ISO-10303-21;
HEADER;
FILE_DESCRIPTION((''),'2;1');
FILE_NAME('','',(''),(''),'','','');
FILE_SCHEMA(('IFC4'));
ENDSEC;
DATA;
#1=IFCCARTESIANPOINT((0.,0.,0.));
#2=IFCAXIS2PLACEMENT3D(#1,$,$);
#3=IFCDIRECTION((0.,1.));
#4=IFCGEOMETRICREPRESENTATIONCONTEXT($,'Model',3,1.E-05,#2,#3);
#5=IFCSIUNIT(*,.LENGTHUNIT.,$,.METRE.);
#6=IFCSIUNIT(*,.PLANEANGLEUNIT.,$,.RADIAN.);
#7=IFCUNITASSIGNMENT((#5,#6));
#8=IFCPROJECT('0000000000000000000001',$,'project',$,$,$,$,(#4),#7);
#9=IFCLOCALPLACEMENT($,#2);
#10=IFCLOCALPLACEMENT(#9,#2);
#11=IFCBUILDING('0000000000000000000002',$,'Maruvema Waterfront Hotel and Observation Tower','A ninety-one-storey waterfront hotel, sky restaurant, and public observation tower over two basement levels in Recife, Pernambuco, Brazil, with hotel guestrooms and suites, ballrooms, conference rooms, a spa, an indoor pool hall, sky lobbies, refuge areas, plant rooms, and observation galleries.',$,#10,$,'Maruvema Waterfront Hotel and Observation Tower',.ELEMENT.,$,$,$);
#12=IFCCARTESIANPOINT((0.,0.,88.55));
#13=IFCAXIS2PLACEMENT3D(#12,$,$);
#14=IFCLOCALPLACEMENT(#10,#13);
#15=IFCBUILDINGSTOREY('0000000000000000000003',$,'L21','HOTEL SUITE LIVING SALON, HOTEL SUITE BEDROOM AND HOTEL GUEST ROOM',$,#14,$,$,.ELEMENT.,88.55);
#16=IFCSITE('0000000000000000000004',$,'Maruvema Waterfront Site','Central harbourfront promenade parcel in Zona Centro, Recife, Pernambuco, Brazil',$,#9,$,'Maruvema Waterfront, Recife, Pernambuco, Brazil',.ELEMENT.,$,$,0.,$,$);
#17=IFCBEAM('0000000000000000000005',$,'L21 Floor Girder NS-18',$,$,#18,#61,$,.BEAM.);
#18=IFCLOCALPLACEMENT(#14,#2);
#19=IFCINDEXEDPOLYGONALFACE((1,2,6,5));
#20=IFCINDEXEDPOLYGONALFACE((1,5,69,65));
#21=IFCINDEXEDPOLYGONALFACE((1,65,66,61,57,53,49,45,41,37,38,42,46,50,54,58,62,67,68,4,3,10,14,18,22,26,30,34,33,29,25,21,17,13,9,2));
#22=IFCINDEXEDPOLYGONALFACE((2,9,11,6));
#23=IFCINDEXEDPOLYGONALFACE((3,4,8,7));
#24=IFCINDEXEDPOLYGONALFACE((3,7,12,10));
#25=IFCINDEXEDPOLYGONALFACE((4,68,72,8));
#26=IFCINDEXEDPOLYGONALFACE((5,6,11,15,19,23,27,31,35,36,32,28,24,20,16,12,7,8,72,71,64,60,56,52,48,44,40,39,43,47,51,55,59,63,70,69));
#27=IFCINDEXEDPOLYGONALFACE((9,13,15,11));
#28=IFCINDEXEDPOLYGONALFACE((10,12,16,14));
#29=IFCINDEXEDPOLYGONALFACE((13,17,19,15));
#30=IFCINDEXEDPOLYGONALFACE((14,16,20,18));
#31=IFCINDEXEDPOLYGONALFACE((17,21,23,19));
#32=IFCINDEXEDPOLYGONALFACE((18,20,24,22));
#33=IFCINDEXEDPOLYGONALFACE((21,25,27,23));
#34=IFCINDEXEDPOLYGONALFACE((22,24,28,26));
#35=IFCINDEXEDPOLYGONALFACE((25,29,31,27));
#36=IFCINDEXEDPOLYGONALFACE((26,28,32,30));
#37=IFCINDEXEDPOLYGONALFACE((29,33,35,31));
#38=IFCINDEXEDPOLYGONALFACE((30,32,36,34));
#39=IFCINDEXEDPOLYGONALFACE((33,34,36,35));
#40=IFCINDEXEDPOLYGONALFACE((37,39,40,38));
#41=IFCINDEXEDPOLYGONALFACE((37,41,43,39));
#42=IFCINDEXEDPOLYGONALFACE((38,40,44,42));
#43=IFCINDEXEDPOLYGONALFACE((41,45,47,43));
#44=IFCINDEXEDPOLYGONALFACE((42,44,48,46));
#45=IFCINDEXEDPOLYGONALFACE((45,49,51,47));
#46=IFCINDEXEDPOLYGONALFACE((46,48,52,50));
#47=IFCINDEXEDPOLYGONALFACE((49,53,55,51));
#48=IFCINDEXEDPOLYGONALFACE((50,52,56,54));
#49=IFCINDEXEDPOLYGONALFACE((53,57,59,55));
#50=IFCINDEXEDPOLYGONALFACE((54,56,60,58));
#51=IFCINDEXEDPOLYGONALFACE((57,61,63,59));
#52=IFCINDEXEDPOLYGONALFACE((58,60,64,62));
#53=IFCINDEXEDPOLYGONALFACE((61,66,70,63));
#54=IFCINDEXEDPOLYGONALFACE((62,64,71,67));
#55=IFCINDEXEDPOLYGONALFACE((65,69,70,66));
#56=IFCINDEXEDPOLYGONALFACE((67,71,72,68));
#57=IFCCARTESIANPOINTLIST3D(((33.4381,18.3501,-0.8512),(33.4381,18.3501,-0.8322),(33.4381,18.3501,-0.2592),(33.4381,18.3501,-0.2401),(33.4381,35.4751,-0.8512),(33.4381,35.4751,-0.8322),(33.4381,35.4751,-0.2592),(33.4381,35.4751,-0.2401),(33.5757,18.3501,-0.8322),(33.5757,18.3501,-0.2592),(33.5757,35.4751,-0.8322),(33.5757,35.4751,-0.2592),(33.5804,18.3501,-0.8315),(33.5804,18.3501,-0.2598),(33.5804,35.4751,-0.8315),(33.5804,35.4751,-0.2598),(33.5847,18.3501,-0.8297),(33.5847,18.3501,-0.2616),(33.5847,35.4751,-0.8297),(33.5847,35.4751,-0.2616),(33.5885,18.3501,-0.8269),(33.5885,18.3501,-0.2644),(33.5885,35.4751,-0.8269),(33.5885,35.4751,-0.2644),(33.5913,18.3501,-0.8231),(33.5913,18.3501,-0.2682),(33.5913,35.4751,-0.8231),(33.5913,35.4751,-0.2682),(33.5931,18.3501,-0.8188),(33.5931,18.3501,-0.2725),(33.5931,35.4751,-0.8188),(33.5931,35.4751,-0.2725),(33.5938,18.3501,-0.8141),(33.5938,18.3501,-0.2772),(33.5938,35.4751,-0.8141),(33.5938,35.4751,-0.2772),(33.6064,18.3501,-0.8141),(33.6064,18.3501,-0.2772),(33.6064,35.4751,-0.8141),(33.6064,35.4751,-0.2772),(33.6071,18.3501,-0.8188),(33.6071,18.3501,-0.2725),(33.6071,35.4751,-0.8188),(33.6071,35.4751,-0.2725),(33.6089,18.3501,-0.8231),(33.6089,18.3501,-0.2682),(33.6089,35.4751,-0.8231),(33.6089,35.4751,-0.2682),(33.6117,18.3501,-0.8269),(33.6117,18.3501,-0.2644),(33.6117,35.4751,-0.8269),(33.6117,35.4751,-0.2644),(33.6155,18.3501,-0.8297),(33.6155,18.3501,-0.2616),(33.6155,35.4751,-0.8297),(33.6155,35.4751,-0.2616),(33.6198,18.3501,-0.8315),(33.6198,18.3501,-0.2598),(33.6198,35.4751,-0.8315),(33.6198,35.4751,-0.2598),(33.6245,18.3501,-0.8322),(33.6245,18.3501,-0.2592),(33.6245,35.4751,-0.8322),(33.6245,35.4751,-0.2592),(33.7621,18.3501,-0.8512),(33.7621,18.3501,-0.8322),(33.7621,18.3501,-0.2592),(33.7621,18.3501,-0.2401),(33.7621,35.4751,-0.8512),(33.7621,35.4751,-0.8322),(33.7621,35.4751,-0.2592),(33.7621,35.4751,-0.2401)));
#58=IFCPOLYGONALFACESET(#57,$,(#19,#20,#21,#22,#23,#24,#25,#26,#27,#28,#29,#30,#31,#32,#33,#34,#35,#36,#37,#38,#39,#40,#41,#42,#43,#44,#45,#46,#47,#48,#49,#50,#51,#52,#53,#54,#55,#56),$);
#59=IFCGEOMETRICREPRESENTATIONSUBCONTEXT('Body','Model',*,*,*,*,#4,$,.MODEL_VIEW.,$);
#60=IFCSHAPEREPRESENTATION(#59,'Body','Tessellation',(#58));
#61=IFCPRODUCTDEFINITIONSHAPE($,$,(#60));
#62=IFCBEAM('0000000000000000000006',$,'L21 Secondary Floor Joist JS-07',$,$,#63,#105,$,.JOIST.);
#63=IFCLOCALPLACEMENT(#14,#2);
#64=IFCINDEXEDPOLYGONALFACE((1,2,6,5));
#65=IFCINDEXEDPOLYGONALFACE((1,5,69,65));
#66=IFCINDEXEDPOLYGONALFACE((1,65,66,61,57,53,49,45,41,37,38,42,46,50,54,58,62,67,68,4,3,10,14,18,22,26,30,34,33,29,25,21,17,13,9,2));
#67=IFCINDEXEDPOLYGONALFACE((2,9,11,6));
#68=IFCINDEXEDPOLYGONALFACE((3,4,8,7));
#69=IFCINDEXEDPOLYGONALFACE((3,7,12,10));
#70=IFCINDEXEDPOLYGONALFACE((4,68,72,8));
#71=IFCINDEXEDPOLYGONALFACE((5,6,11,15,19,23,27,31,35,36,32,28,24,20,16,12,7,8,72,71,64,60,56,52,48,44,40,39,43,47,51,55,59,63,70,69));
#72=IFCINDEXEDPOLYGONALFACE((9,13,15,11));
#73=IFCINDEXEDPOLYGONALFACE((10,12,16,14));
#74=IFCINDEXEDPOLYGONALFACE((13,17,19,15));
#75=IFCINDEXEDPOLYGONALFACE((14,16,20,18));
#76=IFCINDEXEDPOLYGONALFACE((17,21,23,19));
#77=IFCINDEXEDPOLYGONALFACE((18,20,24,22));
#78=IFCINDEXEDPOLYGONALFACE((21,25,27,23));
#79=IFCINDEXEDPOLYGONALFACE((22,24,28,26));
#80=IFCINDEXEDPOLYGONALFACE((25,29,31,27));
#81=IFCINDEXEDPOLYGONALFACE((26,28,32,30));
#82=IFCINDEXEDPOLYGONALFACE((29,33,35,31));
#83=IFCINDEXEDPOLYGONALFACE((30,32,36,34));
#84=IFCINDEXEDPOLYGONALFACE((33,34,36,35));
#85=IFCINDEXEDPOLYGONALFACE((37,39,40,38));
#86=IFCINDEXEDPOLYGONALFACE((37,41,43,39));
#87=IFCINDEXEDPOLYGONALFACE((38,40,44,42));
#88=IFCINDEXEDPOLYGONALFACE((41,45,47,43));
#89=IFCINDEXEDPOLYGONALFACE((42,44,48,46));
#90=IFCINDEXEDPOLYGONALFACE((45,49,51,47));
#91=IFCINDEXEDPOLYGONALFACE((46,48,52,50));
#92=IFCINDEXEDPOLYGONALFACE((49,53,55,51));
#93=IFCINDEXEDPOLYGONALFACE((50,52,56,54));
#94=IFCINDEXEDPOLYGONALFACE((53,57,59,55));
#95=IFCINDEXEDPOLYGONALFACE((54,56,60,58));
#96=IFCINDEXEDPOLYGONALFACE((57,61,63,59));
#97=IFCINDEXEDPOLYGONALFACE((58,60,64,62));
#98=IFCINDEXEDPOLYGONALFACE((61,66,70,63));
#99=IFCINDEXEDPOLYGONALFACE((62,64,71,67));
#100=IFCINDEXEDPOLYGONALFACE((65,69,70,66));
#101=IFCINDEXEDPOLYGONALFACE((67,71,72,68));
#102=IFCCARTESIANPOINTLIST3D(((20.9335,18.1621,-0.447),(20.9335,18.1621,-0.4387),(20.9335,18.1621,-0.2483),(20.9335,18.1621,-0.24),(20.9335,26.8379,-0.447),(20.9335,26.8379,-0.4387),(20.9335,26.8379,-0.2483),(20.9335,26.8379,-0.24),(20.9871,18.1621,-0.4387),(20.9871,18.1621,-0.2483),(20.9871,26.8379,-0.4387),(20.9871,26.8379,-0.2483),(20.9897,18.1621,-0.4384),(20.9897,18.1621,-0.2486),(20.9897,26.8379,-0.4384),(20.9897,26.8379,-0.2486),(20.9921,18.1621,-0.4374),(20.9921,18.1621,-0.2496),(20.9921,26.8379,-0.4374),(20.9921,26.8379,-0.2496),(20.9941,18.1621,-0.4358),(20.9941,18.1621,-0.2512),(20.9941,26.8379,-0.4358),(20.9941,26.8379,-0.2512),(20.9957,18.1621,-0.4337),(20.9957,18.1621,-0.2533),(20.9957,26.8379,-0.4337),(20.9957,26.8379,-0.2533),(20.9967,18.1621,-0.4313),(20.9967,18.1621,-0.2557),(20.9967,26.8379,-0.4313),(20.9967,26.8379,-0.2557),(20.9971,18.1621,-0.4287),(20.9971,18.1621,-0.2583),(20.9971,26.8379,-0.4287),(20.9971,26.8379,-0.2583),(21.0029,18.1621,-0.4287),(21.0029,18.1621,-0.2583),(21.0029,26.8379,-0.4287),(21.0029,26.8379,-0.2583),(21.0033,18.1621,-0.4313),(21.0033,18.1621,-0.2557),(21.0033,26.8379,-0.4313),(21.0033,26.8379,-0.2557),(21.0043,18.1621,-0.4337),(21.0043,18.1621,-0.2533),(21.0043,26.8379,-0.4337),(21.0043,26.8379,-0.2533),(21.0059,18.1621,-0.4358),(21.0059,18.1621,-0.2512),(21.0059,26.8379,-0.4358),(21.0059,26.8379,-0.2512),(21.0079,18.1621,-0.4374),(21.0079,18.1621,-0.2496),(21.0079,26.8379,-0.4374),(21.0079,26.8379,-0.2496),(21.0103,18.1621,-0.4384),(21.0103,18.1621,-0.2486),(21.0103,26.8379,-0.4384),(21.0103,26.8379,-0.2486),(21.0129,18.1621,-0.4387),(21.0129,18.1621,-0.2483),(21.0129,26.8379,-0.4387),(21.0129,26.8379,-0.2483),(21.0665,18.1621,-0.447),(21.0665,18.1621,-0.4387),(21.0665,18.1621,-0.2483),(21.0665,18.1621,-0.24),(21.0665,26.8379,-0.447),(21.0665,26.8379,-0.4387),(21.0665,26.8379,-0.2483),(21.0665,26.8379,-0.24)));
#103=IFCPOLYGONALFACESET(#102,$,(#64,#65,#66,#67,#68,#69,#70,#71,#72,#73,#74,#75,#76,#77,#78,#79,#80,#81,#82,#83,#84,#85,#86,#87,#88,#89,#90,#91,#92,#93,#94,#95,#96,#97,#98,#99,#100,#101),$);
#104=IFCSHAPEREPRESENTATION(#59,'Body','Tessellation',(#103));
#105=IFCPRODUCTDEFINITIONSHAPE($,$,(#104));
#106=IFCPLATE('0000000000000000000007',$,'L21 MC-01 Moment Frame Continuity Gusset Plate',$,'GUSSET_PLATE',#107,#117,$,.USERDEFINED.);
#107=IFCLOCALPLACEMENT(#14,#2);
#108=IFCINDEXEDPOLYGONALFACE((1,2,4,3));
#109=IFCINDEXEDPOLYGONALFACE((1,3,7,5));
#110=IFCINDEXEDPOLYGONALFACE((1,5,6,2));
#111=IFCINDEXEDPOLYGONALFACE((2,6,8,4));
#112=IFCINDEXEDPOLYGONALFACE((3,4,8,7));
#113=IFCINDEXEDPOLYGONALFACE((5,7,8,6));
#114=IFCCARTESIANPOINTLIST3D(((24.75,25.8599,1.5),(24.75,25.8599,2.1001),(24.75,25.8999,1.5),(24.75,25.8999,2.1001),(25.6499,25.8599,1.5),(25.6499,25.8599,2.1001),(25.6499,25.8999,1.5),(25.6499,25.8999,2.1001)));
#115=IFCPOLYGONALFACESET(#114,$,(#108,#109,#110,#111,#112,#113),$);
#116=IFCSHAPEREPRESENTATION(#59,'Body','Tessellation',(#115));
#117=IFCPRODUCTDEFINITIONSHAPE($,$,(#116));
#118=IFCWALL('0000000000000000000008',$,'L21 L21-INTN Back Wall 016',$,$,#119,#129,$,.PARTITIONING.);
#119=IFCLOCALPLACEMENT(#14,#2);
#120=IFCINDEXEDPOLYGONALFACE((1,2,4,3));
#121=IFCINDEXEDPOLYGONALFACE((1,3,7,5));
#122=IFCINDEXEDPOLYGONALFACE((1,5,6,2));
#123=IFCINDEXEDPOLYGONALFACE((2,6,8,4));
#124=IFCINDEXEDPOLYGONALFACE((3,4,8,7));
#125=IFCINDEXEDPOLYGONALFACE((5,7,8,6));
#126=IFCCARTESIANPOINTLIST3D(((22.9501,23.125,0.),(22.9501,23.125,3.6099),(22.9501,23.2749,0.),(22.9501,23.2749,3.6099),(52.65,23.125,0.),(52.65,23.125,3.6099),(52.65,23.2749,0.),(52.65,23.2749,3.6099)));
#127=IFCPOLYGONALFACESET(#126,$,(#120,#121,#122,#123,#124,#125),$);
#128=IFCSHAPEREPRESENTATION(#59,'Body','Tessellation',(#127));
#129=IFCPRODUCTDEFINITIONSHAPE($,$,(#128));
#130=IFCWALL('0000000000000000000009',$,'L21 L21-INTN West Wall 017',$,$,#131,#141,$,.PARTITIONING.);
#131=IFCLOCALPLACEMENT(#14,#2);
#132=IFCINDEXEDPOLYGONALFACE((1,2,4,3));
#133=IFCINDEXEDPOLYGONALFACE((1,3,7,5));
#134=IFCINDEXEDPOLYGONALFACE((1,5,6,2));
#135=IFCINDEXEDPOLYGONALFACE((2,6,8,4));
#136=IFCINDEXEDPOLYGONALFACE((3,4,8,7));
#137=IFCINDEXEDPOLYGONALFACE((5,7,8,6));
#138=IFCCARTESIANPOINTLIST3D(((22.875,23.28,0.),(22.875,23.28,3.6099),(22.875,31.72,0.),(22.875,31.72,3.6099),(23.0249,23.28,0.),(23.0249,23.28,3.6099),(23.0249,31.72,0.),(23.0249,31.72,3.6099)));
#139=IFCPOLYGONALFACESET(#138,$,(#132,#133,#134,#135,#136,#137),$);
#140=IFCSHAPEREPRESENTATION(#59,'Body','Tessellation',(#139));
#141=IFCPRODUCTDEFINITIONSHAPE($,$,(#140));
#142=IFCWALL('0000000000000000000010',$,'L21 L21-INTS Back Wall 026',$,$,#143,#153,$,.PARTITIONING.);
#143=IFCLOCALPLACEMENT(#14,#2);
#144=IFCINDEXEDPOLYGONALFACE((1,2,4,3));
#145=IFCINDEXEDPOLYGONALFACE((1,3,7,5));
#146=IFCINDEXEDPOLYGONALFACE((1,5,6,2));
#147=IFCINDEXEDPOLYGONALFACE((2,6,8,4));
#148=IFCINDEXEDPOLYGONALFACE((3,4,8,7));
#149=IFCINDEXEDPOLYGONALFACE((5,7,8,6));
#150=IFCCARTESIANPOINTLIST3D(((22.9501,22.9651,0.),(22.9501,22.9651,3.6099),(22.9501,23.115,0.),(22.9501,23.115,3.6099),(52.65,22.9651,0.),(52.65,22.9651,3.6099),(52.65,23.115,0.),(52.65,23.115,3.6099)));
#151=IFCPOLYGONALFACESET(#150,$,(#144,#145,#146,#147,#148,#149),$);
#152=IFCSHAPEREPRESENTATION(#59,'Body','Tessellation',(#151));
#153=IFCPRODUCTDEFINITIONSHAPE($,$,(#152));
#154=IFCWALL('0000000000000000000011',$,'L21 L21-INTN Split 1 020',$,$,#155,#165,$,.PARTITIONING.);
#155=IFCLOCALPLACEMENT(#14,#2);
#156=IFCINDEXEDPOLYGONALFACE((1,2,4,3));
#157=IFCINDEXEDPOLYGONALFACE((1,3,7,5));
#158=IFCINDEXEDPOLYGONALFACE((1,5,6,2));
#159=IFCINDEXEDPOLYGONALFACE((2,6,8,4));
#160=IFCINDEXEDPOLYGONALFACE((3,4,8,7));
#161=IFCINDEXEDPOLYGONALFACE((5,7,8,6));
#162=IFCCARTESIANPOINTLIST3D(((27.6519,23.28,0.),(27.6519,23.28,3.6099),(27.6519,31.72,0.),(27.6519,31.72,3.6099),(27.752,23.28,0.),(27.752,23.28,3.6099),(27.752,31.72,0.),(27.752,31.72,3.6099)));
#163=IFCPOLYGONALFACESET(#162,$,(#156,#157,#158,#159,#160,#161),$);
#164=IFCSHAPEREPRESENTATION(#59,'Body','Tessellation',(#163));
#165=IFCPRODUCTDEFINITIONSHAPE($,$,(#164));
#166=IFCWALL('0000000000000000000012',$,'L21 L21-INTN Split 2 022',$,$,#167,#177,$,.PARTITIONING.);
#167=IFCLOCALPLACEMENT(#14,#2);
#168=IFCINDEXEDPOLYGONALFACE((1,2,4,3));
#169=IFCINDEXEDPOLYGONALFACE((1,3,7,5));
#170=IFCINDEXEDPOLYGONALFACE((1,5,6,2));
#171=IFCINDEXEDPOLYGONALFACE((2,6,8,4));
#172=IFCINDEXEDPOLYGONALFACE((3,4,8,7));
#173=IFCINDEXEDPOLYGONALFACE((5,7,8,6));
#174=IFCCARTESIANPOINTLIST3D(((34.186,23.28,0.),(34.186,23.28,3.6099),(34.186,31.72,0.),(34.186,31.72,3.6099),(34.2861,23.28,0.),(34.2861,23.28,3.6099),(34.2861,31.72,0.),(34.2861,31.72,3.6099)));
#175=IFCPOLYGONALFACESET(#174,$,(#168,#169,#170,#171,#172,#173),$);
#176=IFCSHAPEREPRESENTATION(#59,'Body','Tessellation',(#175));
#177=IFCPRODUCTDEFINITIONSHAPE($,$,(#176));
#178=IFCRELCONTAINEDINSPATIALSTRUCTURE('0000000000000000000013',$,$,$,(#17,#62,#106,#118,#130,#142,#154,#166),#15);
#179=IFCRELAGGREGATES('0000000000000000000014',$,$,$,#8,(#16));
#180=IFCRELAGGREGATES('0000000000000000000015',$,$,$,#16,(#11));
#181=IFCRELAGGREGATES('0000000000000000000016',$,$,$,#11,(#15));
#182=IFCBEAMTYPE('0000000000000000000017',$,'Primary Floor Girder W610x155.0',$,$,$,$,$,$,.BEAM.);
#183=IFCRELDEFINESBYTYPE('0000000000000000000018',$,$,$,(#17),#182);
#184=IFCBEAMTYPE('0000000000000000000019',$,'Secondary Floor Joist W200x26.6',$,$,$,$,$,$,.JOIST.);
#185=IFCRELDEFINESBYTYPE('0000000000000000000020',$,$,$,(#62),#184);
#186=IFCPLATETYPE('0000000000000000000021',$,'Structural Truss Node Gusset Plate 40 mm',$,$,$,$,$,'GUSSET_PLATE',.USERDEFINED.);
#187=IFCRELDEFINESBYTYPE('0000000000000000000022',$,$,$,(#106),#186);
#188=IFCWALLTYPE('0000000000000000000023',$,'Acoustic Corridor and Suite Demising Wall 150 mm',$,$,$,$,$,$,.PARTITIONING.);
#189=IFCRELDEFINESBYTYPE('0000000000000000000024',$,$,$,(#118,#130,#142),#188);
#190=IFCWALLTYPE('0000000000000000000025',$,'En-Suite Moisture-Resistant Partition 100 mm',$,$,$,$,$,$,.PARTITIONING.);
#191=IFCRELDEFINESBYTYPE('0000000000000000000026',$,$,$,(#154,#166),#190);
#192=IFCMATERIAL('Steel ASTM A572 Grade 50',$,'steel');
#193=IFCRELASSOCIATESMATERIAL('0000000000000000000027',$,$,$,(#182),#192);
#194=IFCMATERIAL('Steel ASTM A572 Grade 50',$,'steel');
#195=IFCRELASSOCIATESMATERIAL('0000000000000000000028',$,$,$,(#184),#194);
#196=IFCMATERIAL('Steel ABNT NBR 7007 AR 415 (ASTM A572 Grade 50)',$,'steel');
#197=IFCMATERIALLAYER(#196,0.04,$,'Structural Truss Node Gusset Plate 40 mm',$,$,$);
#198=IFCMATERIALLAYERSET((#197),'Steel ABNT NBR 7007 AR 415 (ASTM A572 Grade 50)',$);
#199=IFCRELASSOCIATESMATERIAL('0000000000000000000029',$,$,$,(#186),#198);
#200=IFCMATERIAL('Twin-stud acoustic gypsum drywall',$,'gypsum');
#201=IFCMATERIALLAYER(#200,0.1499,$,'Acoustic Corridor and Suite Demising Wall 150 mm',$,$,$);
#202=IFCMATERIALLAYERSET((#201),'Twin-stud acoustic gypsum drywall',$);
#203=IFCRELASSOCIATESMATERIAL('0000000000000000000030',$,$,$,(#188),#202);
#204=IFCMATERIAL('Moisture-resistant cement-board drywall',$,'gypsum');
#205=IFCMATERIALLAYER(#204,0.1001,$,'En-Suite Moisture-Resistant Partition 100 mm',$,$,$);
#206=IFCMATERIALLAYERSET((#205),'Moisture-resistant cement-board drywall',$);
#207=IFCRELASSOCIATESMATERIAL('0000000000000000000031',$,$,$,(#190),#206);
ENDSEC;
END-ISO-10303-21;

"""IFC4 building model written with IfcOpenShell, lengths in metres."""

from ifc_helpers import new_model, si_unit, direction, frame, frame_2d, origin, origin_2d, place, context, subcontext, project, spatial, rectangle, i_section, extrude, material, layer, layer_set, material_profile, profile_set, type_object, element, save


model = new_model("IFC4")

# Units and contexts
model_context = context("Model", 3, precision=1e-05, world=origin(), true_north=direction((0.0, 1.0)))
body_context = subcontext(model_context, "Body", "Model", "MODEL_VIEW")
ifc_project = project(units=[si_unit("LENGTHUNIT", "METRE"), si_unit("PLANEANGLEUNIT", "RADIAN")], contexts=[model_context])

# Site, building, storey
site_placement = place(None, origin())
site = spatial("IfcSite", under=ifc_project, at=site_placement, Name="Maruvema Waterfront Site", Description="Central harbourfront promenade parcel in Zona Centro, Recife, Pernambuco, Brazil", LongName="Maruvema Waterfront, Recife, Pernambuco, Brazil", CompositionType="ELEMENT", RefElevation=0.0)
building_placement = place(site_placement, origin())
building = spatial("IfcBuilding", under=site, at=building_placement, Name="Maruvema Waterfront Hotel and Observation Tower", Description="A ninety-one-storey waterfront hotel, sky restaurant, and public observation tower over two basement levels in Recife, Pernambuco, Brazil, with hotel guestrooms and suites, ballrooms, conference rooms, a spa, an indoor pool hall, sky lobbies, refuge areas, plant rooms, and observation galleries.", LongName="Maruvema Waterfront Hotel and Observation Tower", CompositionType="ELEMENT")
storey_placement = place(building_placement, frame((0.0, 0.0, 88.55)))
storey = spatial("IfcBuildingStorey", under=building, at=storey_placement, Name="L21", Description="HOTEL SUITE LIVING SALON, HOTEL SUITE BEDROOM AND HOTEL GUEST ROOM", CompositionType="ELEMENT", Elevation=88.55)

# Beams
ifc_material_1 = material(Name="Steel ASTM A572 Grade 50", Category="steel")
ifc_material_profile_1 = material_profile(ifc_material_1, i_section(OverallWidth=0.324, OverallDepth=0.6111, WebThickness=0.0127, FlangeThickness=0.019, FilletRadius=0.0181, at=origin_2d()), Name="W610x155.0")
ifc_profile_set_1 = profile_set([ifc_material_profile_1], Name="Steel ASTM A572 Grade 50")
beam_type_1 = type_object("IfcBeamType", Name="Primary Floor Girder W610x155.0", PredefinedType="BEAM", material=ifc_profile_set_1)
beam_1_placement = place(storey_placement, frame((33.6001, 18.3501, -0.5457), z_axis=(0.0, 1.0, 0.0), x_axis=(-1.0, 0.0, 0.0)))
element("IfcBeam", 1, at=beam_1_placement, inside=storey, type_object=beam_type_1, Name="L21 Floor Girder NS-18", PredefinedType="BEAM", context=body_context, shape_type="SweptSolid", body=[
    extrude(i_section(OverallWidth=0.324, OverallDepth=0.6111, WebThickness=0.0127, FlangeThickness=0.019, FilletRadius=0.0181, at=origin_2d()), origin(), (0.0, 0.0, 1.0), 17.125),
])
ifc_material_2 = material(Name="Steel ASTM A572 Grade 50", Category="steel")
ifc_material_profile_2 = material_profile(ifc_material_2, i_section(OverallWidth=0.1331, OverallDepth=0.207, WebThickness=0.0059, FlangeThickness=0.0083, FilletRadius=0.01, at=origin_2d()), Name="W200x26.6")
ifc_profile_set_2 = profile_set([ifc_material_profile_2], Name="Steel ASTM A572 Grade 50")
beam_type_2 = type_object("IfcBeamType", Name="Secondary Floor Joist W200x26.6", PredefinedType="JOIST", material=ifc_profile_set_2)
beam_2_placement = place(storey_placement, frame((21.0, 18.1621, -0.3435), z_axis=(0.0, 1.0, 0.0), x_axis=(-1.0, 0.0, 0.0)))
element("IfcBeam", 2, at=beam_2_placement, inside=storey, type_object=beam_type_2, Name="L21 Secondary Floor Joist JS-07", PredefinedType="JOIST", context=body_context, shape_type="SweptSolid", body=[
    extrude(i_section(OverallWidth=0.1331, OverallDepth=0.207, WebThickness=0.0059, FlangeThickness=0.0083, FilletRadius=0.01, at=origin_2d()), origin(), (0.0, 0.0, 1.0), 8.6758),
])

# Plate
ifc_material_3 = material(Name="Steel ABNT NBR 7007 AR 415 (ASTM A572 Grade 50)", Category="steel")
ifc_layer_1 = layer(ifc_material_3, 0.04, Name="Structural Truss Node Gusset Plate 40 mm")
ifc_layer_set_1 = layer_set([ifc_layer_1], Name="Steel ABNT NBR 7007 AR 415 (ASTM A572 Grade 50)")
plate_type = type_object("IfcPlateType", Name="Structural Truss Node Gusset Plate 40 mm", ElementType="GUSSET_PLATE", PredefinedType="USERDEFINED", material=ifc_layer_set_1)
plate_placement = place(storey_placement, frame((25.2, 25.8799, 1.5), z_axis=(0.0, 0.0, 1.0), x_axis=(1.0, 0.0, 0.0)))
element("IfcPlate", 3, at=plate_placement, inside=storey, type_object=plate_type, Name="L21 MC-01 Moment Frame Continuity Gusset Plate", ObjectType="GUSSET_PLATE", PredefinedType="USERDEFINED", context=body_context, shape_type="SweptSolid", body=[
    extrude(rectangle(XDim=0.8999, YDim=0.04, at=origin_2d()), origin(), (0.0, 0.0, 1.0), 0.6001),
])

# Walls
ifc_material_4 = material(Name="Twin-stud acoustic gypsum drywall", Category="gypsum")
ifc_layer_2 = layer(ifc_material_4, 0.1499, Name="Acoustic Corridor and Suite Demising Wall 150 mm")
ifc_layer_set_2 = layer_set([ifc_layer_2], Name="Twin-stud acoustic gypsum drywall")
wall_type_1 = type_object("IfcWallType", Name="Acoustic Corridor and Suite Demising Wall 150 mm", PredefinedType="PARTITIONING", material=ifc_layer_set_2)
wall_1_placement = place(storey_placement, frame((22.95, 23.2, 0.0), z_axis=(0.0, 0.0, 1.0), x_axis=(1.0, 0.0, 0.0)))
element("IfcWall", 4, at=wall_1_placement, inside=storey, type_object=wall_type_1, Name="L21 L21-INTN Back Wall 016", PredefinedType="PARTITIONING", context=body_context, shape_type="SweptSolid", body=[
    extrude(rectangle(XDim=29.7, YDim=0.1499, at=frame_2d((14.8501, 0.0))), origin(), (0.0, 0.0, 1.0), 3.6099),
])
wall_2_placement = place(storey_placement, frame((22.95, 23.28, 0.0), z_axis=(0.0, 0.0, 1.0), x_axis=(0.0, 1.0, 0.0)))
element("IfcWall", 5, at=wall_2_placement, inside=storey, type_object=wall_type_1, Name="L21 L21-INTN West Wall 017", PredefinedType="PARTITIONING", context=body_context, shape_type="SweptSolid", body=[
    extrude(rectangle(XDim=8.4399, YDim=0.1499, at=frame_2d((4.22, 0.0))), origin(), (0.0, 0.0, 1.0), 3.6099),
])
wall_3_placement = place(storey_placement, frame((22.95, 23.04, 0.0), z_axis=(0.0, 0.0, 1.0), x_axis=(1.0, 0.0, 0.0)))
element("IfcWall", 6, at=wall_3_placement, inside=storey, type_object=wall_type_1, Name="L21 L21-INTS Back Wall 026", PredefinedType="PARTITIONING", context=body_context, shape_type="SweptSolid", body=[
    extrude(rectangle(XDim=29.7, YDim=0.1499, at=frame_2d((14.8501, 0.0))), origin(), (0.0, 0.0, 1.0), 3.6099),
])

# Walls
ifc_material_5 = material(Name="Moisture-resistant cement-board drywall", Category="gypsum")
ifc_layer_3 = layer(ifc_material_5, 0.1001, Name="En-Suite Moisture-Resistant Partition 100 mm")
ifc_layer_set_3 = layer_set([ifc_layer_3], Name="Moisture-resistant cement-board drywall")
wall_type_2 = type_object("IfcWallType", Name="En-Suite Moisture-Resistant Partition 100 mm", PredefinedType="PARTITIONING", material=ifc_layer_set_3)
for number, where, z_axis, x_axis, name in (
    (7, (27.7019, 23.28, 0.0), (0.0, 0.0, 1.0), (0.0, 1.0, 0.0), "L21 L21-INTN Split 1 020"),
    (8, (34.2361, 23.28, 0.0), (0.0, 0.0, 1.0), (0.0, 1.0, 0.0), "L21 L21-INTN Split 2 022"),
):
    element("IfcWall", number, at=place(storey_placement, frame(where, z_axis=z_axis, x_axis=x_axis)), inside=storey, type_object=wall_type_2, Name=name, PredefinedType="PARTITIONING", context=body_context, shape_type="SweptSolid", body=[
        extrude(rectangle(XDim=8.4399, YDim=0.1001, at=frame_2d((4.22, 0.0))), origin(), (0.0, 0.0, 1.0), 3.6099),
    ])

save(model, "model.ifc")
